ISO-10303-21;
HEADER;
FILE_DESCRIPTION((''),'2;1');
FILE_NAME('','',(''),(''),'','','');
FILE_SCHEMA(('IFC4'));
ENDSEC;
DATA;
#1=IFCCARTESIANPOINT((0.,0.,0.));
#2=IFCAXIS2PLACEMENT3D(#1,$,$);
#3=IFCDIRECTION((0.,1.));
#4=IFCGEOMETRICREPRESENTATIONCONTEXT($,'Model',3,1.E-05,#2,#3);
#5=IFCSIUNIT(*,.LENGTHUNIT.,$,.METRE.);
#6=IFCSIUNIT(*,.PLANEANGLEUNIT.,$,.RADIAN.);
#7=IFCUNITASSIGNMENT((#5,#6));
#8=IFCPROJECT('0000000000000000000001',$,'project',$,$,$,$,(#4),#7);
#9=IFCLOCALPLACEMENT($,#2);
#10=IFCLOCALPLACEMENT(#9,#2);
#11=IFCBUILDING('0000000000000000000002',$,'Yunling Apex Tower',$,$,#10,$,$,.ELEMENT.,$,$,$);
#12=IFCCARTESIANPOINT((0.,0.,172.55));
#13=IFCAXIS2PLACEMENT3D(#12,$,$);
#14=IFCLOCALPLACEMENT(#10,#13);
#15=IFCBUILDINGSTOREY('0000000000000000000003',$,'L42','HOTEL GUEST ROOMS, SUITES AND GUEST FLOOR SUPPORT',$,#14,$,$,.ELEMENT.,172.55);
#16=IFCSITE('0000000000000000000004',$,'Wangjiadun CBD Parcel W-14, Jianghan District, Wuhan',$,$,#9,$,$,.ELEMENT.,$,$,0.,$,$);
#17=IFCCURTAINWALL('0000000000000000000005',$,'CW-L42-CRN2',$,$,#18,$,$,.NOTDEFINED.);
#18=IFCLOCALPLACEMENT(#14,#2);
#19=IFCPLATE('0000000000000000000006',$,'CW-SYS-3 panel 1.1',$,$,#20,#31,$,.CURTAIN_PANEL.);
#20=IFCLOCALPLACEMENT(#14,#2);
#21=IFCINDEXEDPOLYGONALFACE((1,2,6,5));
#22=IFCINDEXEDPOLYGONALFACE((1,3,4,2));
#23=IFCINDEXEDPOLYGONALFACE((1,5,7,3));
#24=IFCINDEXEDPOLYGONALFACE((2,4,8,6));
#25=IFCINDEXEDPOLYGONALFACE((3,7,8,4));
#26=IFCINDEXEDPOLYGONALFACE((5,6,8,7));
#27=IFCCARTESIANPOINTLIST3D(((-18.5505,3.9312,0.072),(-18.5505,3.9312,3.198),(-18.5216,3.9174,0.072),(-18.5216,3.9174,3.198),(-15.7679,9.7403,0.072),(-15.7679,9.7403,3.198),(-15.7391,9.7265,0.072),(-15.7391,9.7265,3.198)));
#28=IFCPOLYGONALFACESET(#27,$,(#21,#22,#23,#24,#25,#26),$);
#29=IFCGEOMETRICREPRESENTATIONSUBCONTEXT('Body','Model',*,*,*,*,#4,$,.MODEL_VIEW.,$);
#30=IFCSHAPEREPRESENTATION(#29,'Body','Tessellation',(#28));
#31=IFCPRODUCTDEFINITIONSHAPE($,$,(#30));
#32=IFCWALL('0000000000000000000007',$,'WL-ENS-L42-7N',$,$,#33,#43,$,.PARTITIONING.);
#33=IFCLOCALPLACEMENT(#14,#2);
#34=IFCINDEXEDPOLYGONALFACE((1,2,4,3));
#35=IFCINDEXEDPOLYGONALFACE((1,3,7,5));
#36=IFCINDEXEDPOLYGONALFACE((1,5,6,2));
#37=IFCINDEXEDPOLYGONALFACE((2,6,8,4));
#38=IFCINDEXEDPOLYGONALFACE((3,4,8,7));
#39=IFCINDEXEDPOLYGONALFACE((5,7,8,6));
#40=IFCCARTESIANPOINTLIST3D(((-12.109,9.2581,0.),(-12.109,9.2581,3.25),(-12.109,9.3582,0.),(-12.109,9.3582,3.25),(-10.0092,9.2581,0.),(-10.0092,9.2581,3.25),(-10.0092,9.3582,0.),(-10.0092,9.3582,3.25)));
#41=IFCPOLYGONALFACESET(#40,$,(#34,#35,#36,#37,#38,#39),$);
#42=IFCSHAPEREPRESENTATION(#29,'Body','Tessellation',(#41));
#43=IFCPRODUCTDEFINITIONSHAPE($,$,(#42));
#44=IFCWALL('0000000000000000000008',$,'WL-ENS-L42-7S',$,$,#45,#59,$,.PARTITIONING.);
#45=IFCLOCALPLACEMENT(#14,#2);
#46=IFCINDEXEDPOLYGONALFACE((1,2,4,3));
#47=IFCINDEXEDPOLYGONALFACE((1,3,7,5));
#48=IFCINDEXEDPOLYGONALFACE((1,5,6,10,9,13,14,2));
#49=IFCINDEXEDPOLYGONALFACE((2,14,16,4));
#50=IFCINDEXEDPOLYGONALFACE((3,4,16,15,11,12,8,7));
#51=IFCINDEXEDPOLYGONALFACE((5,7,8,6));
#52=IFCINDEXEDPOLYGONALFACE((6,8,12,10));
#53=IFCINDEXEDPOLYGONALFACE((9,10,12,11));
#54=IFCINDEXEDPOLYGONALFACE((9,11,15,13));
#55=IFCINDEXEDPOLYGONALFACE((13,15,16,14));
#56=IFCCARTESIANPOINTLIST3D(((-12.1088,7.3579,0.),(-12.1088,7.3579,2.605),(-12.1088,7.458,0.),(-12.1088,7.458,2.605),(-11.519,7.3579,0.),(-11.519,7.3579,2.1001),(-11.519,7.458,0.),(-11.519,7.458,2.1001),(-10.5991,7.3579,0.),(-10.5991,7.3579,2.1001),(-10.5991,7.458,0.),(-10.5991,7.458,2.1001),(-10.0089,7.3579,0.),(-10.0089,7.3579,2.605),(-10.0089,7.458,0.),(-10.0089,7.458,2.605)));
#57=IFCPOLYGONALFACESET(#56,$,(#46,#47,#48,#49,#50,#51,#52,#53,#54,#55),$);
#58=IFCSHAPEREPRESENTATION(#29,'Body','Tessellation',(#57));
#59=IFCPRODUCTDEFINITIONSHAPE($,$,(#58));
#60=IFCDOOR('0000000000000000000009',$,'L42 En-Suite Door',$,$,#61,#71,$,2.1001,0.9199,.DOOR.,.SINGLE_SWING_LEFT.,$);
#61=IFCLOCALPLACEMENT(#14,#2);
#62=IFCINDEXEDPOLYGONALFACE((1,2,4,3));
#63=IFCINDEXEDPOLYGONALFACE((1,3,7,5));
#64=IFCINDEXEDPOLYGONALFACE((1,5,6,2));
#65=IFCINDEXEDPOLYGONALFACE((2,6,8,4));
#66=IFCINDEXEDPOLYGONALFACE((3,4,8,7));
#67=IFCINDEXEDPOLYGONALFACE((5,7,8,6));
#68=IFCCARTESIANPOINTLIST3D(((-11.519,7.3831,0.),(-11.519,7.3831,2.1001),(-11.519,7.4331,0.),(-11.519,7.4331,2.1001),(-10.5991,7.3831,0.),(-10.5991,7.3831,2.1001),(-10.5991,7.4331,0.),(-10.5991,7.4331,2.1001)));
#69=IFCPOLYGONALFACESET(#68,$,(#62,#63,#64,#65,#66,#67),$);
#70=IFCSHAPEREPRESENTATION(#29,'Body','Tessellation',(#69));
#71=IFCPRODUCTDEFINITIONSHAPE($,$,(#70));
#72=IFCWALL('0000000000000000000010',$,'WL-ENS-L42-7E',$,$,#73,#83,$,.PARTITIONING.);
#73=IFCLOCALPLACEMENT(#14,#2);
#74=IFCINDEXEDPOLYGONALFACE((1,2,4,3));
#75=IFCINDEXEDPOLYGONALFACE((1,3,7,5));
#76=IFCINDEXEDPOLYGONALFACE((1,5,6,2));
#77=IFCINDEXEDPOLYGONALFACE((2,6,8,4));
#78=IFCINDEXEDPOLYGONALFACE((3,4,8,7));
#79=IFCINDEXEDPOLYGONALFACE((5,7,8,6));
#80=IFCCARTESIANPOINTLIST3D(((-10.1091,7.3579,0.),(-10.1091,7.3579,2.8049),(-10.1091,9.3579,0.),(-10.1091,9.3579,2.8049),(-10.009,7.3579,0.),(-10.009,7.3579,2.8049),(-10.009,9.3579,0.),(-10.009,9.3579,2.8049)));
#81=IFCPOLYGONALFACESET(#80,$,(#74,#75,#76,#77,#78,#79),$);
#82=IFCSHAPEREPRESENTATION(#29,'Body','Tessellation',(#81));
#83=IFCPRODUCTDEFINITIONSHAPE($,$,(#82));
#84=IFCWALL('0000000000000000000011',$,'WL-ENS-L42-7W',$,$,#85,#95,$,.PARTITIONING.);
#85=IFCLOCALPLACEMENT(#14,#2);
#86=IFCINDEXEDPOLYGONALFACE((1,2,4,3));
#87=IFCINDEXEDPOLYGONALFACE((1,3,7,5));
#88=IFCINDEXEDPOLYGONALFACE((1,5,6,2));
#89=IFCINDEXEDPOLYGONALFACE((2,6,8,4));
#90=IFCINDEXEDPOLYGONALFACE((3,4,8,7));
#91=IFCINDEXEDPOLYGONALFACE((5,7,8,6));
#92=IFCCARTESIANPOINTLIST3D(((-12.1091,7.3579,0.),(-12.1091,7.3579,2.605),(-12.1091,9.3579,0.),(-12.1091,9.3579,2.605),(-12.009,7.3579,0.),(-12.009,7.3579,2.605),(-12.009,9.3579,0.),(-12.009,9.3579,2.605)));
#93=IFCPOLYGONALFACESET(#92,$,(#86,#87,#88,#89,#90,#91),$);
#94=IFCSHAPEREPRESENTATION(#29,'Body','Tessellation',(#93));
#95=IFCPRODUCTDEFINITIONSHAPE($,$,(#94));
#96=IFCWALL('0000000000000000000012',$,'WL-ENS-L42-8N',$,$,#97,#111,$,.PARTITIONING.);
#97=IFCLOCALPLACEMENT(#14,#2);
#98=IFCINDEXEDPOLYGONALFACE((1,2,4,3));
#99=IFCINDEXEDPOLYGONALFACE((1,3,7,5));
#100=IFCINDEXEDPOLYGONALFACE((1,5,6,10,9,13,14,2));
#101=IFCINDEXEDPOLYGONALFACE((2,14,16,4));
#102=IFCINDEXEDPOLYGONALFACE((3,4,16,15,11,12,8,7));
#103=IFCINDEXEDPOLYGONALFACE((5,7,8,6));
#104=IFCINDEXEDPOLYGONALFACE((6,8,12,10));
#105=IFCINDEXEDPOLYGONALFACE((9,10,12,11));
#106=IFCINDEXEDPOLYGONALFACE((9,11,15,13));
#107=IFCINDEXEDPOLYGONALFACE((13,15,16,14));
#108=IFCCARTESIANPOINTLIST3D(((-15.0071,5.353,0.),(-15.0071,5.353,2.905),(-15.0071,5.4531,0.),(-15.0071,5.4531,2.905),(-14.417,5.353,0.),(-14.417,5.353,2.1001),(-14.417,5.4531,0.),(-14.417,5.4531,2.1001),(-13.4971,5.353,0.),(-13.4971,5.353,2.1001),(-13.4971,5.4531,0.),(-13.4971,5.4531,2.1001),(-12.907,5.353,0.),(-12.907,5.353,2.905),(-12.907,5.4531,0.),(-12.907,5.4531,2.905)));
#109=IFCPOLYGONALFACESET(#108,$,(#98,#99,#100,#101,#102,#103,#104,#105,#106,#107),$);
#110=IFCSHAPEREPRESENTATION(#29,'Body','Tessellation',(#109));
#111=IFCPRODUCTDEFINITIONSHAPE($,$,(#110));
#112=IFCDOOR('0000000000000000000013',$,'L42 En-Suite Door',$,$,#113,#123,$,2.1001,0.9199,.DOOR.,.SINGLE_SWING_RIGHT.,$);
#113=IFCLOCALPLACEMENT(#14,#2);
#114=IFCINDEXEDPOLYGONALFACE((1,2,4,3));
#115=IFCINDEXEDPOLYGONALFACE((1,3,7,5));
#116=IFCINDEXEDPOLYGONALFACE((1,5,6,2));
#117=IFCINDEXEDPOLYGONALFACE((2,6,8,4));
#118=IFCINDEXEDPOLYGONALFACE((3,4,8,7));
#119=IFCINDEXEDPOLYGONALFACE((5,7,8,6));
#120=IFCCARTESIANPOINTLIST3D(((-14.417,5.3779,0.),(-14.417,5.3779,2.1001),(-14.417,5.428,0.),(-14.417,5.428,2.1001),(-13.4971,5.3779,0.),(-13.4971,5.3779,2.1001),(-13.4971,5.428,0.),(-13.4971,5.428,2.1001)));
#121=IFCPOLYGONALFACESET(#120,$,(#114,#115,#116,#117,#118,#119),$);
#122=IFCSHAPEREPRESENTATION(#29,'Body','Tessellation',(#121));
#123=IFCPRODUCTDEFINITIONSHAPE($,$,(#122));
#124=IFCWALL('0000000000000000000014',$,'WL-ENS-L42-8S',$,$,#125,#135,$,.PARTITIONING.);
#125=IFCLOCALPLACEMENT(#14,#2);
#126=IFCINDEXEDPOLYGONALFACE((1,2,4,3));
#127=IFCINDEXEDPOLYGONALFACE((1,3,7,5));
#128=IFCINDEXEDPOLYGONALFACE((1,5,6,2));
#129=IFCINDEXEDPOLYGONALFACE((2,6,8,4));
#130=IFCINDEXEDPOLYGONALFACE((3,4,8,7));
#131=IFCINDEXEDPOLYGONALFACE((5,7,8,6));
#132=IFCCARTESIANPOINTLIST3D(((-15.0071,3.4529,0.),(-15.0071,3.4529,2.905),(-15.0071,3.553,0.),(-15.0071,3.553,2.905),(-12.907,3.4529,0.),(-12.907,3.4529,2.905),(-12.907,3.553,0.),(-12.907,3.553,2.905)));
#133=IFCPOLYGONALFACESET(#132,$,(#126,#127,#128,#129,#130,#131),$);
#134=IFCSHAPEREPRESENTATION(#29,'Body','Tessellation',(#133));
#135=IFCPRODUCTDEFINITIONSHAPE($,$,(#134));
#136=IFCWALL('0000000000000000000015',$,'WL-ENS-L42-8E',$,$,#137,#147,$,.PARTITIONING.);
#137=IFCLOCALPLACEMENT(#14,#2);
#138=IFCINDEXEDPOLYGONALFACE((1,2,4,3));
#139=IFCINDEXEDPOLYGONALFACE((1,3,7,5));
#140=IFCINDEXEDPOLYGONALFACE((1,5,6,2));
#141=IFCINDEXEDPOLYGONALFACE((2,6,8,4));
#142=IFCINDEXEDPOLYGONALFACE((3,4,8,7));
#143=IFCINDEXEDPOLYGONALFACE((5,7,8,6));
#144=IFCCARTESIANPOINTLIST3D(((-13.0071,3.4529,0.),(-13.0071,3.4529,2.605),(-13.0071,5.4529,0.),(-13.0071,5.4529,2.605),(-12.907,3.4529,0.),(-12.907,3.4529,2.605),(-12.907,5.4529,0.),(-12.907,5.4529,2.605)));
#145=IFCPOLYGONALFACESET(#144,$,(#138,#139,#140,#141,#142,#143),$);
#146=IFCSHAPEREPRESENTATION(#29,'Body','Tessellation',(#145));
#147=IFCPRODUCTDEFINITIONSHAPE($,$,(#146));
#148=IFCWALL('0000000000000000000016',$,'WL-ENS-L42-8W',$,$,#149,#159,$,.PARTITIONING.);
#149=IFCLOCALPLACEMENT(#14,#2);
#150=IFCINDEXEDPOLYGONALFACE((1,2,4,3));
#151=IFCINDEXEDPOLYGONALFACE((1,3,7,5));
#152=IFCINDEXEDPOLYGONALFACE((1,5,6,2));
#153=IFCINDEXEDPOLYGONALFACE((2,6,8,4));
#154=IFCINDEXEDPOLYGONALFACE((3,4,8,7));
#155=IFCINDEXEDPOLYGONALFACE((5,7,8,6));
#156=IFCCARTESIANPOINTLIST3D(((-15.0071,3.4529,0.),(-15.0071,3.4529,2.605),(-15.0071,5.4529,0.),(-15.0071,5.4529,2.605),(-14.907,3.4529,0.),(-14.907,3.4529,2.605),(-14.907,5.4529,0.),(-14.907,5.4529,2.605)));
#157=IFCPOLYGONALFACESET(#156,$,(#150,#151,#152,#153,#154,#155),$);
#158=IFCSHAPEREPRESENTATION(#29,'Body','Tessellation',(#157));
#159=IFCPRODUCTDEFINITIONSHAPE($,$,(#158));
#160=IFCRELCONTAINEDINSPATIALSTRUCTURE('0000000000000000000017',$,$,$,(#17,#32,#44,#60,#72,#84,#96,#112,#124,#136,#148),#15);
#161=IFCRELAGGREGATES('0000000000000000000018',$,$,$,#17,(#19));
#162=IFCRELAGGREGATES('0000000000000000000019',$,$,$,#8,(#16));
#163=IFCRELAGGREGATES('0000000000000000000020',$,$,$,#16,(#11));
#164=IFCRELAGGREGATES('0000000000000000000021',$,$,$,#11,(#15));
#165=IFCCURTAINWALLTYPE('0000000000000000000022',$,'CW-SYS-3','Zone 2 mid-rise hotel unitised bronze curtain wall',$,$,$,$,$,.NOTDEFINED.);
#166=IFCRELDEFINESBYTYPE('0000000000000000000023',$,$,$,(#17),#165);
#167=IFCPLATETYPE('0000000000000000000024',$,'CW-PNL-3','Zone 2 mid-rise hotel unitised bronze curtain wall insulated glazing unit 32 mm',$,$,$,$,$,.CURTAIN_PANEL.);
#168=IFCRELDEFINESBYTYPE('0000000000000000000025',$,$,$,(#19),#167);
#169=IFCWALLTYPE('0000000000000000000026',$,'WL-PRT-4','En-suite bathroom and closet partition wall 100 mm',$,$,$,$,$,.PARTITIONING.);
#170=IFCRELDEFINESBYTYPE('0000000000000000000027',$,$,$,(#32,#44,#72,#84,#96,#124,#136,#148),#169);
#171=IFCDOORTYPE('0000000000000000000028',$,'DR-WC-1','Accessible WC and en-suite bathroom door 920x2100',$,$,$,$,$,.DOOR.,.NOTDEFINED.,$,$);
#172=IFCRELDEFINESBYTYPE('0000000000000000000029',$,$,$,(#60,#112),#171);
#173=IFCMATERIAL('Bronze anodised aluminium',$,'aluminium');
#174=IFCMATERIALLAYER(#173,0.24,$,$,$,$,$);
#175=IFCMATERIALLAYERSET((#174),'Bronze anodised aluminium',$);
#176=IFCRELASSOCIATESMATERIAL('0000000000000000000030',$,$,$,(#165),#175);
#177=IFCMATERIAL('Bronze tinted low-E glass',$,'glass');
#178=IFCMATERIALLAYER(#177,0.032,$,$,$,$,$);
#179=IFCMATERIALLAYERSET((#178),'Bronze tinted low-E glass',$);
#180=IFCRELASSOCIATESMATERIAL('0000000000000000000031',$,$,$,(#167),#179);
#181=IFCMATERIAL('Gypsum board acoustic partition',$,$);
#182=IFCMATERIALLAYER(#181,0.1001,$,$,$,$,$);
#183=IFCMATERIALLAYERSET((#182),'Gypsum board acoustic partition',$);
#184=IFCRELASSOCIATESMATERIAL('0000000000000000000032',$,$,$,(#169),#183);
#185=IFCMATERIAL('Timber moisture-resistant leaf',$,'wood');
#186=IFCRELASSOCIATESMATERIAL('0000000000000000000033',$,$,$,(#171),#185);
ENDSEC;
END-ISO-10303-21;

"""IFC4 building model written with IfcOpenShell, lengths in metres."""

from ifc_helpers import new_model, si_unit, direction, frame, frame_2d, origin, origin_2d, place, context, subcontext, project, spatial, rectangle, extrude, source, transform, mapped, material, layer, layer_set, type_object, element, fill, aggregate, save


model = new_model("IFC4")

# Units and contexts
model_context = context("Model", 3, precision=1e-05, world=origin(), true_north=direction((0.0, 1.0)))
body_context = subcontext(model_context, "Body", "Model", "MODEL_VIEW")
ifc_project = project(units=[si_unit("LENGTHUNIT", "METRE"), si_unit("PLANEANGLEUNIT", "RADIAN")], contexts=[model_context])

# Site, building, storey
site_placement = place(None, origin())
site = spatial("IfcSite", under=ifc_project, at=site_placement, Name="Wangjiadun CBD Parcel W-14, Jianghan District, Wuhan", CompositionType="ELEMENT", RefElevation=0.0)
building_placement = place(site_placement, origin())
building = spatial("IfcBuilding", under=site, at=building_placement, Name="Yunling Apex Tower", CompositionType="ELEMENT")
storey_placement = place(building_placement, frame((0.0, 0.0, 172.55)))
storey = spatial("IfcBuildingStorey", under=building, at=storey_placement, Name="L42", Description="HOTEL GUEST ROOMS, SUITES AND GUEST FLOOR SUPPORT", CompositionType="ELEMENT", Elevation=172.55)

# Shared definitions
ifc_material_1 = material(Name="Bronze anodised aluminium", Category="aluminium")
ifc_layer_1 = layer(ifc_material_1, 0.24)
ifc_layer_set_1 = layer_set([ifc_layer_1], Name="Bronze anodised aluminium")
curtain_wall_type = type_object("IfcCurtainWallType", Name="CW-SYS-3", Description="Zone 2 mid-rise hotel unitised bronze curtain wall", PredefinedType="NOTDEFINED", material=ifc_layer_set_1)

# Curtain wall
curtain_wall_1_placement = place(storey_placement, origin())
curtain_wall_1 = element("IfcCurtainWall", 1, at=curtain_wall_1_placement, inside=storey, type_object=curtain_wall_type, Name="CW-L42-CRN2", PredefinedType="NOTDEFINED")

# Plate
ifc_material_2 = material(Name="Bronze tinted low-E glass", Category="glass")
ifc_layer_2 = layer(ifc_material_2, 0.032)
ifc_layer_set_2 = layer_set([ifc_layer_2], Name="Bronze tinted low-E glass")
plate_type = type_object("IfcPlateType", Name="CW-PNL-3", Description="Zone 2 mid-rise hotel unitised bronze curtain wall insulated glazing unit 32 mm", PredefinedType="CURTAIN_PANEL", material=ifc_layer_set_2)
shared_shape_1 = source(origin(), body_context, "Body", "SweptSolid", [
    extrude(rectangle(XDim=6.4412, YDim=0.032, at=origin_2d()), origin(), (0.0, 0.0, 1.0), 3.126),
])
plate_1_placement = place(storey_placement, frame((-17.1448, 6.8289, 0.072), z_axis=(0.0, 0.0, 1.0), x_axis=(-0.431994, -0.901877, 0.0)))
plate_1 = element("IfcPlate", 2, at=plate_1_placement, type_object=plate_type, Name="CW-SYS-3 panel 1.1", PredefinedType="CURTAIN_PANEL", context=body_context, shape_type="MappedRepresentation", body=[
    mapped(shared_shape_1, transform((0.0, 0.0, 0.0), scale=1.0)),
])
aggregate(curtain_wall_1, [plate_1])

# Wall
ifc_material_3 = material(Name="Gypsum board acoustic partition")
ifc_layer_3 = layer(ifc_material_3, 0.1001)
ifc_layer_set_3 = layer_set([ifc_layer_3], Name="Gypsum board acoustic partition")
wall_type = type_object("IfcWallType", Name="WL-PRT-4", Description="En-suite bathroom and closet partition wall 100 mm", PredefinedType="PARTITIONING", material=ifc_layer_set_3)
wall_1_placement = place(storey_placement, frame((-12.1089, 9.3081, 0.0), z_axis=(0.0, 0.0, 1.0), x_axis=(1.0, 0.0, 0.0)))
element("IfcWall", 3, at=wall_1_placement, inside=storey, type_object=wall_type, Name="WL-ENS-L42-7N", PredefinedType="PARTITIONING", context=body_context, shape_type="SweptSolid", body=[
    extrude(rectangle(XDim=2.0999, YDim=0.1001, at=frame_2d((1.0498, 0.0))), origin(), (0.0, 0.0, 1.0), 3.25),
])

# Wall, opening, door
wall_2_placement = place(storey_placement, frame((-10.009, 7.408, 0.0), z_axis=(0.0, 0.0, 1.0), x_axis=(-1.0, 0.0, 0.0)))
wall_2 = element("IfcWall", 4, at=wall_2_placement, inside=storey, type_object=wall_type, Name="WL-ENS-L42-7S", PredefinedType="PARTITIONING", context=body_context, shape_type="SweptSolid", body=[
    extrude(rectangle(XDim=2.0999, YDim=0.1001, at=frame_2d((1.0498, 0.0))), origin(), (0.0, 0.0, 1.0), 2.605),
])
opening_1_placement = place(wall_2_placement, frame((0.5901, 0.0, 0.0)))
opening_1 = element("IfcOpeningElement", 5, at=opening_1_placement, cuts=wall_2, PredefinedType="OPENING", context=body_context, shape_type="SweptSolid", body=[
    extrude(rectangle(XDim=0.9199, YDim=2.1001, at=frame_2d((0.46, 1.05))), frame((0.0, 0.0601, 0.0), z_axis=(0.0, -1.0, 0.0), x_axis=(1.0, 0.0, 0.0)), (0.0, 0.0, 1.0), 0.1201),
])
ifc_material_4 = material(Name="Timber moisture-resistant leaf", Category="wood")
door_type = type_object("IfcDoorType", Name="DR-WC-1", Description="Accessible WC and en-suite bathroom door 920x2100", OperationType="NOTDEFINED", PredefinedType="DOOR", material=ifc_material_4)
door_1_placement = place(opening_1_placement, origin())
door_1 = element("IfcDoor", 6, at=door_1_placement, inside=storey, type_object=door_type, Name="L42 En-Suite Door", OperationType="SINGLE_SWING_LEFT", OverallHeight=2.1001, OverallWidth=0.9199, PredefinedType="DOOR", context=body_context, shape_type="SweptSolid", body=[
    extrude(rectangle(XDim=0.9199, YDim=2.1001, at=frame_2d((0.46, 1.05))), frame((0.0, 0.0249, 0.0), z_axis=(0.0, -1.0, 0.0), x_axis=(1.0, 0.0, 0.0)), (0.0, 0.0, 1.0), 0.05),
])
fill(opening_1, door_1)

# Walls
wall_3_placement = place(storey_placement, frame((-10.0591, 9.3579, 0.0), z_axis=(0.0, 0.0, 1.0), x_axis=(0.0, -1.0, 0.0)))
element("IfcWall", 7, at=wall_3_placement, inside=storey, type_object=wall_type, Name="WL-ENS-L42-7E", PredefinedType="PARTITIONING", context=body_context, shape_type="SweptSolid", body=[
    extrude(rectangle(XDim=2.0, YDim=0.1001, at=frame_2d((1.0, 0.0))), origin(), (0.0, 0.0, 1.0), 2.8049),
])
wall_4_placement = place(storey_placement, frame((-12.0591, 7.3579, 0.0), z_axis=(0.0, 0.0, 1.0), x_axis=(0.0, 1.0, 0.0)))
element("IfcWall", 8, at=wall_4_placement, inside=storey, type_object=wall_type, Name="WL-ENS-L42-7W", PredefinedType="PARTITIONING", context=body_context, shape_type="SweptSolid", body=[
    extrude(rectangle(XDim=2.0, YDim=0.1001, at=frame_2d((1.0, 0.0))), origin(), (0.0, 0.0, 1.0), 2.605),
])

# Wall, opening, door
wall_5_placement = place(storey_placement, frame((-15.0071, 5.4031, 0.0), z_axis=(0.0, 0.0, 1.0), x_axis=(1.0, 0.0, 0.0)))
wall_5 = element("IfcWall", 9, at=wall_5_placement, inside=storey, type_object=wall_type, Name="WL-ENS-L42-8N", PredefinedType="PARTITIONING", context=body_context, shape_type="SweptSolid", body=[
    extrude(rectangle(XDim=2.1001, YDim=0.1001, at=frame_2d((1.05, 0.0))), origin(), (0.0, 0.0, 1.0), 2.905),
])
opening_2_placement = place(wall_5_placement, frame((0.5901, 0.0, 0.0)))
opening_2 = element("IfcOpeningElement", 10, at=opening_2_placement, cuts=wall_5, PredefinedType="OPENING", context=body_context, shape_type="SweptSolid", body=[
    extrude(rectangle(XDim=0.9199, YDim=2.1001, at=frame_2d((0.46, 1.05))), frame((0.0, 0.0601, 0.0), z_axis=(0.0, -1.0, 0.0), x_axis=(1.0, 0.0, 0.0)), (0.0, 0.0, 1.0), 0.1201),
])
door_2_placement = place(opening_2_placement, origin())
door_2 = element("IfcDoor", 11, at=door_2_placement, inside=storey, type_object=door_type, Name="L42 En-Suite Door", OperationType="SINGLE_SWING_RIGHT", OverallHeight=2.1001, OverallWidth=0.9199, PredefinedType="DOOR", context=body_context, shape_type="SweptSolid", body=[
    extrude(rectangle(XDim=0.9199, YDim=2.1001, at=frame_2d((0.46, 1.05))), frame((0.0, 0.0249, 0.0), z_axis=(0.0, -1.0, 0.0), x_axis=(1.0, 0.0, 0.0)), (0.0, 0.0, 1.0), 0.05),
])
fill(opening_2, door_2)

# Walls
wall_6_placement = place(storey_placement, frame((-12.907, 3.5029, 0.0), z_axis=(0.0, 0.0, 1.0), x_axis=(-1.0, 0.0, 0.0)))
element("IfcWall", 12, at=wall_6_placement, inside=storey, type_object=wall_type, Name="WL-ENS-L42-8S", PredefinedType="PARTITIONING", context=body_context, shape_type="SweptSolid", body=[
    extrude(rectangle(XDim=2.1001, YDim=0.1001, at=frame_2d((1.05, 0.0))), origin(), (0.0, 0.0, 1.0), 2.905),
])
for number, where, z_axis, x_axis, name in (
    (13, (-12.957, 5.4529, 0.0), (0.0, 0.0, 1.0), (0.0, -1.0, 0.0), "WL-ENS-L42-8E"),
    (14, (-14.957, 3.4529, 0.0), (0.0, 0.0, 1.0), (0.0, 1.0, 0.0), "WL-ENS-L42-8W"),
):
    element("IfcWall", number, at=place(storey_placement, frame(where, z_axis=z_axis, x_axis=x_axis)), inside=storey, type_object=wall_type, Name=name, PredefinedType="PARTITIONING", context=body_context, shape_type="SweptSolid", body=[
        extrude(rectangle(XDim=2.0, YDim=0.1001, at=frame_2d((1.0, 0.0))), origin(), (0.0, 0.0, 1.0), 2.605),
    ])

save(model, "model.ifc")
